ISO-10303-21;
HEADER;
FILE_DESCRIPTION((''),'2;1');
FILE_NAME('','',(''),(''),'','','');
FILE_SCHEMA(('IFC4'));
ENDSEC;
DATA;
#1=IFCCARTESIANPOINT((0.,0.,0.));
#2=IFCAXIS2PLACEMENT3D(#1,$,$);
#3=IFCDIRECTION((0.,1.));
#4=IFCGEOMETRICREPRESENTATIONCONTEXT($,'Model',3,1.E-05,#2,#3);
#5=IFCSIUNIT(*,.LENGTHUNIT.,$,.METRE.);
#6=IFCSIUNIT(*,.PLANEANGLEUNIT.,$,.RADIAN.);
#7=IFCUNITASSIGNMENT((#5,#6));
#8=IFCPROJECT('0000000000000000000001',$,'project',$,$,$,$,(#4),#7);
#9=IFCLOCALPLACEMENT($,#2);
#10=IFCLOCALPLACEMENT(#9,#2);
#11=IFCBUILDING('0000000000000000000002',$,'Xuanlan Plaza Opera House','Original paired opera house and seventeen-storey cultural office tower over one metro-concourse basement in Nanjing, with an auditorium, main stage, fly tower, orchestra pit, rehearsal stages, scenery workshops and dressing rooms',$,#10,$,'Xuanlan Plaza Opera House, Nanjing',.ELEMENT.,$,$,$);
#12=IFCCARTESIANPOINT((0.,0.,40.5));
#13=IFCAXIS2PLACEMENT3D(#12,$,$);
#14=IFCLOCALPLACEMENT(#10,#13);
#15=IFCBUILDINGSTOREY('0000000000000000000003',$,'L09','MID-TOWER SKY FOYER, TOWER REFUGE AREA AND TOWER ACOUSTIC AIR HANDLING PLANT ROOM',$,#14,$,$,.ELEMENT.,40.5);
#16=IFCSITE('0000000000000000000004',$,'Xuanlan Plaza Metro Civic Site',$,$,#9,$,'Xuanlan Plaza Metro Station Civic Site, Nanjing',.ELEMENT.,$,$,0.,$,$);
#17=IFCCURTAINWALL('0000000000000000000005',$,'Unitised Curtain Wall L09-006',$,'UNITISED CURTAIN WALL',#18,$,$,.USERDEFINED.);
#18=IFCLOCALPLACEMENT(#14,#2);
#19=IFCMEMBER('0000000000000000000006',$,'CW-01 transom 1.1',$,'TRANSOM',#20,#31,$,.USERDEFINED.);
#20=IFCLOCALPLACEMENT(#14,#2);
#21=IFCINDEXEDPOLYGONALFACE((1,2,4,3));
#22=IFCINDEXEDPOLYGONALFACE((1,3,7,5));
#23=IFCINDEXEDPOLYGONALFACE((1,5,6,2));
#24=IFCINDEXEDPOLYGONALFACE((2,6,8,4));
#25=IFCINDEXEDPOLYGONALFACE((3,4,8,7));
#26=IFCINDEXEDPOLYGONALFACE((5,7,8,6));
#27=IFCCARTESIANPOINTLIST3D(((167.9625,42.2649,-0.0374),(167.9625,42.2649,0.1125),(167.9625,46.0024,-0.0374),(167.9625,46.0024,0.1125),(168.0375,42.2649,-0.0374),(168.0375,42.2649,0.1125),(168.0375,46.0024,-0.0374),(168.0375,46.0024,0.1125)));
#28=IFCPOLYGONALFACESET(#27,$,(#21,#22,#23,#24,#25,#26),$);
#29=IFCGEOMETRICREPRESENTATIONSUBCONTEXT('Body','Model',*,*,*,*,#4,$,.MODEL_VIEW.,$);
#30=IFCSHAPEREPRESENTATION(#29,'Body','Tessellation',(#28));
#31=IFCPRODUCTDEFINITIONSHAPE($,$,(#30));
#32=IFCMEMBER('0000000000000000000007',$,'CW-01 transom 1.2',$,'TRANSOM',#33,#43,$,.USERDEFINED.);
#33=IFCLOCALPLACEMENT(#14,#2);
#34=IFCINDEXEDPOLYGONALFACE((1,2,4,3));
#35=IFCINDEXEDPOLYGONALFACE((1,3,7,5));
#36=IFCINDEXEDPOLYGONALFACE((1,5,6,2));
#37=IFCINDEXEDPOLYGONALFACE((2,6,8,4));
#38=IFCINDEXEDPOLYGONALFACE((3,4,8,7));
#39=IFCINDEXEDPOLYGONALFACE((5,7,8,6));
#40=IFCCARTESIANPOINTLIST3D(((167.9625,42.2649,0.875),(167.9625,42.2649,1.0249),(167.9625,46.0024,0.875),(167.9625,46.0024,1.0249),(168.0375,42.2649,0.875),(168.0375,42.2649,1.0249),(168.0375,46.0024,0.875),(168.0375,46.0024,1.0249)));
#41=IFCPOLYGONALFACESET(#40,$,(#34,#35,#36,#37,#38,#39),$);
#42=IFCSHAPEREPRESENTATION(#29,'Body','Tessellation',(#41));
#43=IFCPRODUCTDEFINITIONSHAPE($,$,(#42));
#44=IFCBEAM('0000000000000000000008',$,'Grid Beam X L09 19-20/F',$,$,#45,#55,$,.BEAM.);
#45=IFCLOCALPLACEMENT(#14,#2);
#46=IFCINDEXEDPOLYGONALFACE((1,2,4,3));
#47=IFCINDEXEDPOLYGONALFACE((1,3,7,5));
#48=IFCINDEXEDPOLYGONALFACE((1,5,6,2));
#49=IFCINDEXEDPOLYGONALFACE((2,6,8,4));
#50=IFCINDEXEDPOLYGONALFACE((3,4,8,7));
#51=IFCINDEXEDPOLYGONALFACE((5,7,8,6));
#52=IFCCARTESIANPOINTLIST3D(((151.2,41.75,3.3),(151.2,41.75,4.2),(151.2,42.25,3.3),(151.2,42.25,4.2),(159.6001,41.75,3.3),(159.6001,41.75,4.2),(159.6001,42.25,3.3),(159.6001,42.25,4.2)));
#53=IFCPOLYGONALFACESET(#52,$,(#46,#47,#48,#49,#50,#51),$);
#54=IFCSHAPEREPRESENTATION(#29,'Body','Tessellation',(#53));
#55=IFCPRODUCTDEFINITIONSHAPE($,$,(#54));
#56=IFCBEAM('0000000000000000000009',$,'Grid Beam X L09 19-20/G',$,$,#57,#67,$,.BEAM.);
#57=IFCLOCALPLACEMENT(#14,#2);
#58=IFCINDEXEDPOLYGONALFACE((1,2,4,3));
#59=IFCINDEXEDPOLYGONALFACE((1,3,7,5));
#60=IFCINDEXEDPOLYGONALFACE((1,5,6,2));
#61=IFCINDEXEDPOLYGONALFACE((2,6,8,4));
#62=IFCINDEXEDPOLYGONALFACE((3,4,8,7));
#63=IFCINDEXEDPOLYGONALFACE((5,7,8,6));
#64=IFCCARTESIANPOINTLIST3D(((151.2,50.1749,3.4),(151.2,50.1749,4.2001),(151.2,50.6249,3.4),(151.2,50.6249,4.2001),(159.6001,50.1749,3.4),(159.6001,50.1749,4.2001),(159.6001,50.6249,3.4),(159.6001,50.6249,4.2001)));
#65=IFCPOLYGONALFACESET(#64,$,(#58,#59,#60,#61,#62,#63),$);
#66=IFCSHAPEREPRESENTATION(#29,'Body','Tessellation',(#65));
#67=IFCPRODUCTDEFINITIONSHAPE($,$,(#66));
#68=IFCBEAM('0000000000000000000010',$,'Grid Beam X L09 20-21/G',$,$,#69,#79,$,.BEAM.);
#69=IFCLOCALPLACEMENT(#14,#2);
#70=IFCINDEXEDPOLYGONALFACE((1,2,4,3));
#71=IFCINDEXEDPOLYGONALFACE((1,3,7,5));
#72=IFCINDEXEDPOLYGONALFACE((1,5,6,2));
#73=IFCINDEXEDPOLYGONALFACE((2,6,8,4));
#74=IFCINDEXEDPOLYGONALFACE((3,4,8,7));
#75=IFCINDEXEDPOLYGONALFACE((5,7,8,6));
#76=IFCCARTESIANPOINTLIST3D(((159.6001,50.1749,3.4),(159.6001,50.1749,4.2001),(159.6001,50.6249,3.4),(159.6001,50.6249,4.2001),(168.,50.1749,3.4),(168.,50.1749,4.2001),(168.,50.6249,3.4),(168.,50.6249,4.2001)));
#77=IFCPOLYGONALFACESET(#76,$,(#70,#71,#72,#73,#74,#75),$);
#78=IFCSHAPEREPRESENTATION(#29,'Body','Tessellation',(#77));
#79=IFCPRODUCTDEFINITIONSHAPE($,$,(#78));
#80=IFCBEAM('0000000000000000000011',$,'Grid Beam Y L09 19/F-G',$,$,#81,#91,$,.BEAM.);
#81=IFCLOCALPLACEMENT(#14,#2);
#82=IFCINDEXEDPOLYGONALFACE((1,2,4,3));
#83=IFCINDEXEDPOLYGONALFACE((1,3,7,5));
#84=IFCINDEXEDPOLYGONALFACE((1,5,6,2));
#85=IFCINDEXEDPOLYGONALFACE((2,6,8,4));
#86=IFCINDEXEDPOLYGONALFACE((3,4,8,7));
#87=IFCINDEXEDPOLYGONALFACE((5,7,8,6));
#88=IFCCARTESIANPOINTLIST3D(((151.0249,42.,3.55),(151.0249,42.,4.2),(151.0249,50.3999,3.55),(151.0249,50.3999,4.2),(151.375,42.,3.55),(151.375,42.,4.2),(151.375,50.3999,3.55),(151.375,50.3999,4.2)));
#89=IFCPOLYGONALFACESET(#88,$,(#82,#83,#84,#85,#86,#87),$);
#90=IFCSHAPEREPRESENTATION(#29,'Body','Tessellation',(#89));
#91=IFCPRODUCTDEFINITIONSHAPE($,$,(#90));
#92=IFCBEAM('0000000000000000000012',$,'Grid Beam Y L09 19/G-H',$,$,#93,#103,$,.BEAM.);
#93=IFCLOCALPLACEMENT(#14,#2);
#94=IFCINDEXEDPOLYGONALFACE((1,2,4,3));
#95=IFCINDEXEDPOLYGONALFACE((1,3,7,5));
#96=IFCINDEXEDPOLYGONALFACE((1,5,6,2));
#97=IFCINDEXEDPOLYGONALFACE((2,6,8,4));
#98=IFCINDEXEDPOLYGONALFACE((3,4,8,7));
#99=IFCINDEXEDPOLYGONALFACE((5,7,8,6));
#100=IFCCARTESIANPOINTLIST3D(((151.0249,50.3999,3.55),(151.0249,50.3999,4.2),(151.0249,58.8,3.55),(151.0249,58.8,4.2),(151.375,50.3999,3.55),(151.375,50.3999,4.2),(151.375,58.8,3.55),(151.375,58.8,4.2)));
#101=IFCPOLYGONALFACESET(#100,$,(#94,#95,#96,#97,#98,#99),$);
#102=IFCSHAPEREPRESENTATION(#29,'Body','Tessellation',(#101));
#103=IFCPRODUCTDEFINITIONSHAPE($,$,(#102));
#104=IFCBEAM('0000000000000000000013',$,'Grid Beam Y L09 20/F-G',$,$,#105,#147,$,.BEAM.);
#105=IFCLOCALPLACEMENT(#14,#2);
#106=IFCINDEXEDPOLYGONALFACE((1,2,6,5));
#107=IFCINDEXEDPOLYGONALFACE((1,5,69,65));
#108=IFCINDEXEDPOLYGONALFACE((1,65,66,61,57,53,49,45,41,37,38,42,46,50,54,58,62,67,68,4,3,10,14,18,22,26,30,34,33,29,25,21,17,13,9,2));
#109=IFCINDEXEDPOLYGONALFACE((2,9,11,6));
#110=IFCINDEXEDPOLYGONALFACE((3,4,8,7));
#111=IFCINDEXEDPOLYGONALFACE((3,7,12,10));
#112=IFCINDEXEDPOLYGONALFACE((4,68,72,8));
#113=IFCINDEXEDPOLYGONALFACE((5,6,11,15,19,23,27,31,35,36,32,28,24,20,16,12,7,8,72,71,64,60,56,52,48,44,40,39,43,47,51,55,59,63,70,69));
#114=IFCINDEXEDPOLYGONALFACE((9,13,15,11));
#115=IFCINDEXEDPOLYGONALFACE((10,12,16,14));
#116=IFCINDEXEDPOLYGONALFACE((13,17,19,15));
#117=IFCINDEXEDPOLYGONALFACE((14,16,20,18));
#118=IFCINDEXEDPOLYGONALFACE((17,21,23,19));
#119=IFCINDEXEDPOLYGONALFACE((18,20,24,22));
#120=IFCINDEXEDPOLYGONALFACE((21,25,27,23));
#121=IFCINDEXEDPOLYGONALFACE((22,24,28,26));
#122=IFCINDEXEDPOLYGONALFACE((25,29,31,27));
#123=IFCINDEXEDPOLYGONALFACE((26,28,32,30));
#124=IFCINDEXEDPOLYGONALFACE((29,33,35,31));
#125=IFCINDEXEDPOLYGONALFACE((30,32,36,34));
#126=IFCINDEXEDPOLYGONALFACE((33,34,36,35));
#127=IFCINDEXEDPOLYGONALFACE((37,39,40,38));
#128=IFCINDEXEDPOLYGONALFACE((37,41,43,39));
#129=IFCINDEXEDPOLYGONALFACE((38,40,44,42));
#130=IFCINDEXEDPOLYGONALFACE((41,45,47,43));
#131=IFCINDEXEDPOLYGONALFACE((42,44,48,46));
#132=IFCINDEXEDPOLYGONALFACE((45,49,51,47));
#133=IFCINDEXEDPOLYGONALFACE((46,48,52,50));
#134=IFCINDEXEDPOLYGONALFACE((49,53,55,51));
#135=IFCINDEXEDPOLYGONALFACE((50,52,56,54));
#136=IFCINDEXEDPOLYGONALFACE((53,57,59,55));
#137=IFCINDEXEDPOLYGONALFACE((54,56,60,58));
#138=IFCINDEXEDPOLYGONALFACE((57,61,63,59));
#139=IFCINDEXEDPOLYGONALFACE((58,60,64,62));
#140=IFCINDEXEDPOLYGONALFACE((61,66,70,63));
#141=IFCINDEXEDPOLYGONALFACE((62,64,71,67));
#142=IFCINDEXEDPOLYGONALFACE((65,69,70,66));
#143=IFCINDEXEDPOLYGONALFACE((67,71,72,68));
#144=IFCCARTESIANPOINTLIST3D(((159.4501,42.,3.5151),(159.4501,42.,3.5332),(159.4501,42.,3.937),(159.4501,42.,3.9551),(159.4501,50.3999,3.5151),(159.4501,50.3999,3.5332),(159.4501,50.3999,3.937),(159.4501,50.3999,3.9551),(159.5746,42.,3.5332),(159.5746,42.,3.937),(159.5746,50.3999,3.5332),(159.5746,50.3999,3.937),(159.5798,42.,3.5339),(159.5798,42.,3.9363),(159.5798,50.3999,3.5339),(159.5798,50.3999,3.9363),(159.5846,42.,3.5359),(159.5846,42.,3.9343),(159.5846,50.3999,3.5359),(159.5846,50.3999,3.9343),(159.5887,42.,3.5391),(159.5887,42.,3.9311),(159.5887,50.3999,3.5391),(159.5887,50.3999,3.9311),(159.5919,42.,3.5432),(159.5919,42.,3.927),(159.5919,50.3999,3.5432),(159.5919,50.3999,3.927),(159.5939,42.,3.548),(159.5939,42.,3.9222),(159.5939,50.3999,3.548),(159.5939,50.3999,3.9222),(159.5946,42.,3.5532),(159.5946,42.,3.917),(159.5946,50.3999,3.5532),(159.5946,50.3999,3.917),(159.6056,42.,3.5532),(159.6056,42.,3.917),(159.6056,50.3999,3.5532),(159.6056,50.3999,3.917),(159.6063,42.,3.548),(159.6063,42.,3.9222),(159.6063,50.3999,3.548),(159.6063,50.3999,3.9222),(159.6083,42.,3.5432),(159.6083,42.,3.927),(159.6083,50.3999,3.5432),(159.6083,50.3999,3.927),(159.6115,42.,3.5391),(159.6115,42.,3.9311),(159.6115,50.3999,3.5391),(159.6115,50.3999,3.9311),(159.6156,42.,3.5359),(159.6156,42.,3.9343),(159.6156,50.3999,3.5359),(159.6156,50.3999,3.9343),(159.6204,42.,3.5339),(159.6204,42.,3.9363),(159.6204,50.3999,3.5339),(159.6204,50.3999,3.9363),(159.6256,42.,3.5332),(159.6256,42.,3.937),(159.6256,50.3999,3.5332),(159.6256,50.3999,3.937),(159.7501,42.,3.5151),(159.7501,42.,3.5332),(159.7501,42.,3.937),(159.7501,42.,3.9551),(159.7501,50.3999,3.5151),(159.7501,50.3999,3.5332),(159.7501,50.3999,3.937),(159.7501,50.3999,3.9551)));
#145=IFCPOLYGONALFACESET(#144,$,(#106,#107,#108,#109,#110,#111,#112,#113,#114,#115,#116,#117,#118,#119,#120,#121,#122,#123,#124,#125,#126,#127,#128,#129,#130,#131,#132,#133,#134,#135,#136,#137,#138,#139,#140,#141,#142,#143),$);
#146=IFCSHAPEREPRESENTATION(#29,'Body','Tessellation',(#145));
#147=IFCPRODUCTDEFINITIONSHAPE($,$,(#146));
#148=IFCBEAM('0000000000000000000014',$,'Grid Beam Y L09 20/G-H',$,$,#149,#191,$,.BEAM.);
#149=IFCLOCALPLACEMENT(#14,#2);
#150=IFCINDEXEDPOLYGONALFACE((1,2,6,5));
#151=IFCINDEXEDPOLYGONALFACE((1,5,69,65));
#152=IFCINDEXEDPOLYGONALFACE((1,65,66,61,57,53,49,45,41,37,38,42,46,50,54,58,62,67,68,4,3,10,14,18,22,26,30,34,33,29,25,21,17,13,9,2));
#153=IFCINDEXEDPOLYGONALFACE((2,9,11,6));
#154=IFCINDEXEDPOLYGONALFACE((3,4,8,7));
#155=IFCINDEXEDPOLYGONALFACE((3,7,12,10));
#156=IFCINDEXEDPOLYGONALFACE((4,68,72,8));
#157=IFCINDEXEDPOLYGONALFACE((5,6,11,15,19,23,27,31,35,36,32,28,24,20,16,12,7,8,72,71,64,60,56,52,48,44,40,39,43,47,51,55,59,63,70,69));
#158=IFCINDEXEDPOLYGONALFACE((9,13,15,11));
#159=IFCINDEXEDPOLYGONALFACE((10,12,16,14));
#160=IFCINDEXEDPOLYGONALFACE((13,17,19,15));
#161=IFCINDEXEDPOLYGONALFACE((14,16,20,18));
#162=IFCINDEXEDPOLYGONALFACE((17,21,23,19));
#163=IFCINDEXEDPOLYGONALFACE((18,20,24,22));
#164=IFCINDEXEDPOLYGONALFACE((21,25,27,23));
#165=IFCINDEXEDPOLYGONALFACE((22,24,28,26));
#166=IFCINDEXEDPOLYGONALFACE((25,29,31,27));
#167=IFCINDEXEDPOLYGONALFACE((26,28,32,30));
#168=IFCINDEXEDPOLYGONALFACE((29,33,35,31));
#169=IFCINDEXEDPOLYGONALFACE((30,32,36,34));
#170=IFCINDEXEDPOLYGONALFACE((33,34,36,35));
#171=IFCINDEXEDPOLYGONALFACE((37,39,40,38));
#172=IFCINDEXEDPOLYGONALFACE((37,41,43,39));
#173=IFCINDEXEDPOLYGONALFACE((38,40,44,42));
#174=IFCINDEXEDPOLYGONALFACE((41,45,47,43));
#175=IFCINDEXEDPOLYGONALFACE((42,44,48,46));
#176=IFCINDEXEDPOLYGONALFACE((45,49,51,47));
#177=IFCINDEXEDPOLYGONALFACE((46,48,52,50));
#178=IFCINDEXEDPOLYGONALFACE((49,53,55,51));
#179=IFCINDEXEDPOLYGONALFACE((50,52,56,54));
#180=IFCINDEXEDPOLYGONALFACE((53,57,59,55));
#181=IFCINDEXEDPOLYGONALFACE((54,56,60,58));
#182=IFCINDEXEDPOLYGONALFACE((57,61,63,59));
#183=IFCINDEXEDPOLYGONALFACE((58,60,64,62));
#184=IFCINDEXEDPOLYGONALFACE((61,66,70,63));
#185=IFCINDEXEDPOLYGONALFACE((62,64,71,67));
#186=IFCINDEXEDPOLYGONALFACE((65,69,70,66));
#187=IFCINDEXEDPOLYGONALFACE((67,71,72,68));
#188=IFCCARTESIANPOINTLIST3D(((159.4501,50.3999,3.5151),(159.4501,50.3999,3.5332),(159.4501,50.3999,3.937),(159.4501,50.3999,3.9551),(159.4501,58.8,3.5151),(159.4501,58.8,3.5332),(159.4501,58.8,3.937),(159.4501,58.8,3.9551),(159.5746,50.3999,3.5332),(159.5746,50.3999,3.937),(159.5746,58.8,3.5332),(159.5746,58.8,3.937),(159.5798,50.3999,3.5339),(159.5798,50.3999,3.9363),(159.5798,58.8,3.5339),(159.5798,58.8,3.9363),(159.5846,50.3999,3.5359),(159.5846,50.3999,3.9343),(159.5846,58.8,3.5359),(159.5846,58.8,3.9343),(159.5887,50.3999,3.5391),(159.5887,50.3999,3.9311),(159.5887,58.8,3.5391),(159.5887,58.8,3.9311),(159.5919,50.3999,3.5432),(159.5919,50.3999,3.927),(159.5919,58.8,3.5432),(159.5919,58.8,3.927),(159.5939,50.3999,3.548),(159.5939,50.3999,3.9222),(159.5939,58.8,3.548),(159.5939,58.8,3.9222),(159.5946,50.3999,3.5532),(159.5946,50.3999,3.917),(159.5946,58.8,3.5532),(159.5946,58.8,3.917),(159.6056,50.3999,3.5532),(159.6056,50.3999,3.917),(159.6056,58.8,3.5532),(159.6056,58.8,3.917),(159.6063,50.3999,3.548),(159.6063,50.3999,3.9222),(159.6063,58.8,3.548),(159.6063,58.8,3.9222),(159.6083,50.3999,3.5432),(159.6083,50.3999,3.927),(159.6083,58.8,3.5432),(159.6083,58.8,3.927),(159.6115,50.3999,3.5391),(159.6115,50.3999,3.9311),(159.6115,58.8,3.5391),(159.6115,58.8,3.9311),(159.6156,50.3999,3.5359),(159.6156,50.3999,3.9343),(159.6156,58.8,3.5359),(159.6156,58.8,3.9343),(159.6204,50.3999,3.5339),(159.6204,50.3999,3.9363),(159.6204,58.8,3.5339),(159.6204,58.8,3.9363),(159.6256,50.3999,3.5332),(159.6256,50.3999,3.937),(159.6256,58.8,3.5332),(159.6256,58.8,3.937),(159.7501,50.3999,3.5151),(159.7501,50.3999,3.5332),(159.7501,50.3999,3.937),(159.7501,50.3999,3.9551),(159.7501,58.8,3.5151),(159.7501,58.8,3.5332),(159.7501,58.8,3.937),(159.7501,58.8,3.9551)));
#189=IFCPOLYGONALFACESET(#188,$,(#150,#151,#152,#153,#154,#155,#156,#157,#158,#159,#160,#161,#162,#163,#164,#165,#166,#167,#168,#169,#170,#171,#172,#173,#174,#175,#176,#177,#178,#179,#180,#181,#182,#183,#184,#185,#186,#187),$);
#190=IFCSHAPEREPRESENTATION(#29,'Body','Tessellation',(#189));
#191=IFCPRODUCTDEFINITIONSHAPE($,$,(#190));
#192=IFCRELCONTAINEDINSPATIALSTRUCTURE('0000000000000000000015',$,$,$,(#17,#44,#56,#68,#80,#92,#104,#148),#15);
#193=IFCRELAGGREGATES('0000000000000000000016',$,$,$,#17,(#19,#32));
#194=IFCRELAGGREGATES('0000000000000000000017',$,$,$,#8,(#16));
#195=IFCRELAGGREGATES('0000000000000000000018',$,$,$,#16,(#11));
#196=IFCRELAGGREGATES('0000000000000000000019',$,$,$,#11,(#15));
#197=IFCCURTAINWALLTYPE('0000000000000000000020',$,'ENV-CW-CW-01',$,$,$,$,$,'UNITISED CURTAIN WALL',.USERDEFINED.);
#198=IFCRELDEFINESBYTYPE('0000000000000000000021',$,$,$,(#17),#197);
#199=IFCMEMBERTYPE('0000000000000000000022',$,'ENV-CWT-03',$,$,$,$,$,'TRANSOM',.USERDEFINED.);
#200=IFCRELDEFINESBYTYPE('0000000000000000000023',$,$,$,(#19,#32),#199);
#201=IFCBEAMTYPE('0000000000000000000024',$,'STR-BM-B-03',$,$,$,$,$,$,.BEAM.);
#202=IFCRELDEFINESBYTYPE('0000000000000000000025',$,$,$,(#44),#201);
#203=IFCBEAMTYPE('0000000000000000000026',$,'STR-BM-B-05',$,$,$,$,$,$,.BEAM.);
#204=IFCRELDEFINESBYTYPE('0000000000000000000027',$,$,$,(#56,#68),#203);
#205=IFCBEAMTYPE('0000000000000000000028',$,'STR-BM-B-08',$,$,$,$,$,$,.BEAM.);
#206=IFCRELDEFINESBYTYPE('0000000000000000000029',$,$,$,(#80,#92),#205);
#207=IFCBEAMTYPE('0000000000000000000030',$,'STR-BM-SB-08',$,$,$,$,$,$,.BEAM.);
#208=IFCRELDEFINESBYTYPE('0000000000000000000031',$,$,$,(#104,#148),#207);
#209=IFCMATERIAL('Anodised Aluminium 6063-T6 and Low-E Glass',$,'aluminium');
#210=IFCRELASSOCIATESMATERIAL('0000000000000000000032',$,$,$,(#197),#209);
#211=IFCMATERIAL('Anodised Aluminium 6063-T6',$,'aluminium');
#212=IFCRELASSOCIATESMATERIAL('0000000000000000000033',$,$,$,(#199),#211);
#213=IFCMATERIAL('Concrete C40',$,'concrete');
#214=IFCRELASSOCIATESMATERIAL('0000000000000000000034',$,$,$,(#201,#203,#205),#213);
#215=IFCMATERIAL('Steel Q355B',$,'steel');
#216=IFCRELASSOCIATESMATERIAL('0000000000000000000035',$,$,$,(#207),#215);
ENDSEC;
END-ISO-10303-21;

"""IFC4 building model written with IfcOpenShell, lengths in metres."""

from ifc_helpers import new_model, si_unit, direction, frame, origin, origin_2d, place, context, subcontext, project, spatial, rectangle, i_section, extrude, material, material_profile, profile_set, type_object, element, aggregate, save


model = new_model("IFC4")

# Units and contexts
model_context = context("Model", 3, precision=1e-05, world=origin(), true_north=direction((0.0, 1.0)))
body_context = subcontext(model_context, "Body", "Model", "MODEL_VIEW")
ifc_project = project(units=[si_unit("LENGTHUNIT", "METRE"), si_unit("PLANEANGLEUNIT", "RADIAN")], contexts=[model_context])

# Site, building, storey
site_placement = place(None, origin())
site = spatial("IfcSite", under=ifc_project, at=site_placement, Name="Xuanlan Plaza Metro Civic Site", LongName="Xuanlan Plaza Metro Station Civic Site, Nanjing", CompositionType="ELEMENT", RefElevation=0.0)
building_placement = place(site_placement, origin())
building = spatial("IfcBuilding", under=site, at=building_placement, Name="Xuanlan Plaza Opera House", Description="Original paired opera house and seventeen-storey cultural office tower over one metro-concourse basement in Nanjing, with an auditorium, main stage, fly tower, orchestra pit, rehearsal stages, scenery workshops and dressing rooms", LongName="Xuanlan Plaza Opera House, Nanjing", CompositionType="ELEMENT")
storey_placement = place(building_placement, frame((0.0, 0.0, 40.5)))
storey = spatial("IfcBuildingStorey", under=building, at=storey_placement, Name="L09", Description="MID-TOWER SKY FOYER, TOWER REFUGE AREA AND TOWER ACOUSTIC AIR HANDLING PLANT ROOM", CompositionType="ELEMENT", Elevation=40.5)

# Shared definitions
ifc_material_1 = material(Name="Steel Q355B", Category="steel")

# Shared definitions
ifc_material_2 = material(Name="Anodised Aluminium 6063-T6 and Low-E Glass", Category="aluminium")
ifc_material_3 = material(Name="Anodised Aluminium 6063-T6", Category="aluminium")

# Curtain wall, members
curtain_wall_type_1 = type_object("IfcCurtainWallType", Name="ENV-CW-CW-01", ElementType="UNITISED CURTAIN WALL", PredefinedType="USERDEFINED", material=ifc_material_2)
curtain_wall_1_placement = place(storey_placement, origin())
curtain_wall_1 = element("IfcCurtainWall", 1, at=curtain_wall_1_placement, inside=storey, type_object=curtain_wall_type_1, Name="Unitised Curtain Wall L09-006", ObjectType="UNITISED CURTAIN WALL", PredefinedType="USERDEFINED")
ifc_material_profile_1 = material_profile(ifc_material_3, rectangle(XDim=0.075, YDim=0.1499, at=origin_2d()), Name="ALU-T 75x150")
ifc_profile_set_1 = profile_set([ifc_material_profile_1], Name="Anodised Aluminium 6063-T6")
member_type_1 = type_object("IfcMemberType", Name="ENV-CWT-03", ElementType="TRANSOM", PredefinedType="USERDEFINED", material=ifc_profile_set_1)
member_1_placement = place(storey_placement, frame((168.0, 42.2649, 0.0376), z_axis=(0.0, 1.0, 0.0), x_axis=(-1.0, 0.0, 0.0)))
member_1 = element("IfcMember", 2, at=member_1_placement, type_object=member_type_1, Name="CW-01 transom 1.1", ObjectType="TRANSOM", PredefinedType="USERDEFINED", context=body_context, shape_type="SweptSolid", body=[
    extrude(rectangle(XDim=0.075, YDim=0.1499, at=origin_2d()), origin(), (0.0, 0.0, 1.0), 3.7375),
])
member_2_placement = place(storey_placement, frame((168.0, 42.2649, 0.95), z_axis=(0.0, 1.0, 0.0), x_axis=(-1.0, 0.0, 0.0)))
member_2 = element("IfcMember", 3, at=member_2_placement, type_object=member_type_1, Name="CW-01 transom 1.2", ObjectType="TRANSOM", PredefinedType="USERDEFINED", context=body_context, shape_type="SweptSolid", body=[
    extrude(rectangle(XDim=0.075, YDim=0.1499, at=origin_2d()), origin(), (0.0, 0.0, 1.0), 3.7375),
])
aggregate(curtain_wall_1, [member_1, member_2])

# Beams
ifc_material_4 = material(Name="Concrete C40", Category="concrete")
ifc_material_profile_2 = material_profile(ifc_material_4, rectangle(XDim=0.5, YDim=0.8999, at=origin_2d()), Name="RC-BM 500x900")
ifc_profile_set_2 = profile_set([ifc_material_profile_2], Name="Concrete C40")
beam_type_1 = type_object("IfcBeamType", Name="STR-BM-B-03", PredefinedType="BEAM", material=ifc_profile_set_2)
beam_1_placement = place(storey_placement, frame((151.2, 42.0, 3.75), z_axis=(1.0, 0.0, 0.0), x_axis=(0.0, 1.0, 0.0)))
element("IfcBeam", 4, at=beam_1_placement, inside=storey, type_object=beam_type_1, Name="Grid Beam X L09 19-20/F", PredefinedType="BEAM", context=body_context, shape_type="SweptSolid", body=[
    extrude(rectangle(XDim=0.5, YDim=0.8999, at=origin_2d()), origin(), (0.0, 0.0, 1.0), 8.4001),
])
ifc_material_profile_3 = material_profile(ifc_material_4, rectangle(XDim=0.45, YDim=0.8, at=origin_2d()), Name="RC-BM 450x800")
ifc_profile_set_3 = profile_set([ifc_material_profile_3], Name="Concrete C40")
beam_type_2 = type_object("IfcBeamType", Name="STR-BM-B-05", PredefinedType="BEAM", material=ifc_profile_set_3)
beam_2_placement = place(storey_placement, frame((151.2, 50.3999, 3.8), z_axis=(1.0, 0.0, 0.0), x_axis=(0.0, 1.0, 0.0)))
element("IfcBeam", 5, at=beam_2_placement, inside=storey, type_object=beam_type_2, Name="Grid Beam X L09 19-20/G", PredefinedType="BEAM", context=body_context, shape_type="SweptSolid", body=[
    extrude(rectangle(XDim=0.45, YDim=0.8, at=origin_2d()), origin(), (0.0, 0.0, 1.0), 8.4001),
])
beam_3_placement = place(storey_placement, frame((159.6001, 50.3999, 3.8), z_axis=(1.0, 0.0, 0.0), x_axis=(0.0, 1.0, 0.0)))
element("IfcBeam", 6, at=beam_3_placement, inside=storey, type_object=beam_type_2, Name="Grid Beam X L09 20-21/G", PredefinedType="BEAM", context=body_context, shape_type="SweptSolid", body=[
    extrude(rectangle(XDim=0.45, YDim=0.8, at=origin_2d()), origin(), (0.0, 0.0, 1.0), 8.3999),
])
ifc_material_profile_4 = material_profile(ifc_material_4, rectangle(XDim=0.3501, YDim=0.6499, at=origin_2d()), Name="RC-BM 350x650")
ifc_profile_set_4 = profile_set([ifc_material_profile_4], Name="Concrete C40")
beam_type_3 = type_object("IfcBeamType", Name="STR-BM-B-08", PredefinedType="BEAM", material=ifc_profile_set_4)
beam_4_placement = place(storey_placement, frame((151.2, 42.0, 3.875), z_axis=(0.0, 1.0, 0.0), x_axis=(-1.0, 0.0, 0.0)))
element("IfcBeam", 7, at=beam_4_placement, inside=storey, type_object=beam_type_3, Name="Grid Beam Y L09 19/F-G", PredefinedType="BEAM", context=body_context, shape_type="SweptSolid", body=[
    extrude(rectangle(XDim=0.3501, YDim=0.6499, at=origin_2d()), origin(), (0.0, 0.0, 1.0), 8.3999),
])
beam_5_placement = place(storey_placement, frame((151.2, 50.3999, 3.875), z_axis=(0.0, 1.0, 0.0), x_axis=(-1.0, 0.0, 0.0)))
element("IfcBeam", 8, at=beam_5_placement, inside=storey, type_object=beam_type_3, Name="Grid Beam Y L09 19/G-H", PredefinedType="BEAM", context=body_context, shape_type="SweptSolid", body=[
    extrude(rectangle(XDim=0.3501, YDim=0.6499, at=origin_2d()), origin(), (0.0, 0.0, 1.0), 8.4001),
])
ifc_material_profile_5 = material_profile(ifc_material_1, i_section(OverallWidth=0.3, OverallDepth=0.4399, WebThickness=0.011, FlangeThickness=0.0181, FilletRadius=0.02, at=origin_2d()), Name="HM 440x300x11x18")
ifc_profile_set_5 = profile_set([ifc_material_profile_5], Name="Steel Q355B")
beam_type_4 = type_object("IfcBeamType", Name="STR-BM-SB-08", PredefinedType="BEAM", material=ifc_profile_set_5)
beam_6_placement = place(storey_placement, frame((159.6001, 42.0, 3.7351), z_axis=(0.0, 1.0, 0.0), x_axis=(-1.0, 0.0, 0.0)))
element("IfcBeam", 9, at=beam_6_placement, inside=storey, type_object=beam_type_4, Name="Grid Beam Y L09 20/F-G", PredefinedType="BEAM", context=body_context, shape_type="SweptSolid", body=[
    extrude(i_section(OverallWidth=0.3, OverallDepth=0.4399, WebThickness=0.011, FlangeThickness=0.0181, FilletRadius=0.02, at=origin_2d()), origin(), (0.0, 0.0, 1.0), 8.3999),
])
beam_7_placement = place(storey_placement, frame((159.6001, 50.3999, 3.7351), z_axis=(0.0, 1.0, 0.0), x_axis=(-1.0, 0.0, 0.0)))
element("IfcBeam", 10, at=beam_7_placement, inside=storey, type_object=beam_type_4, Name="Grid Beam Y L09 20/G-H", PredefinedType="BEAM", context=body_context, shape_type="SweptSolid", body=[
    extrude(i_section(OverallWidth=0.3, OverallDepth=0.4399, WebThickness=0.011, FlangeThickness=0.0181, FilletRadius=0.02, at=origin_2d()), origin(), (0.0, 0.0, 1.0), 8.4001),
])

save(model, "model.ifc")
